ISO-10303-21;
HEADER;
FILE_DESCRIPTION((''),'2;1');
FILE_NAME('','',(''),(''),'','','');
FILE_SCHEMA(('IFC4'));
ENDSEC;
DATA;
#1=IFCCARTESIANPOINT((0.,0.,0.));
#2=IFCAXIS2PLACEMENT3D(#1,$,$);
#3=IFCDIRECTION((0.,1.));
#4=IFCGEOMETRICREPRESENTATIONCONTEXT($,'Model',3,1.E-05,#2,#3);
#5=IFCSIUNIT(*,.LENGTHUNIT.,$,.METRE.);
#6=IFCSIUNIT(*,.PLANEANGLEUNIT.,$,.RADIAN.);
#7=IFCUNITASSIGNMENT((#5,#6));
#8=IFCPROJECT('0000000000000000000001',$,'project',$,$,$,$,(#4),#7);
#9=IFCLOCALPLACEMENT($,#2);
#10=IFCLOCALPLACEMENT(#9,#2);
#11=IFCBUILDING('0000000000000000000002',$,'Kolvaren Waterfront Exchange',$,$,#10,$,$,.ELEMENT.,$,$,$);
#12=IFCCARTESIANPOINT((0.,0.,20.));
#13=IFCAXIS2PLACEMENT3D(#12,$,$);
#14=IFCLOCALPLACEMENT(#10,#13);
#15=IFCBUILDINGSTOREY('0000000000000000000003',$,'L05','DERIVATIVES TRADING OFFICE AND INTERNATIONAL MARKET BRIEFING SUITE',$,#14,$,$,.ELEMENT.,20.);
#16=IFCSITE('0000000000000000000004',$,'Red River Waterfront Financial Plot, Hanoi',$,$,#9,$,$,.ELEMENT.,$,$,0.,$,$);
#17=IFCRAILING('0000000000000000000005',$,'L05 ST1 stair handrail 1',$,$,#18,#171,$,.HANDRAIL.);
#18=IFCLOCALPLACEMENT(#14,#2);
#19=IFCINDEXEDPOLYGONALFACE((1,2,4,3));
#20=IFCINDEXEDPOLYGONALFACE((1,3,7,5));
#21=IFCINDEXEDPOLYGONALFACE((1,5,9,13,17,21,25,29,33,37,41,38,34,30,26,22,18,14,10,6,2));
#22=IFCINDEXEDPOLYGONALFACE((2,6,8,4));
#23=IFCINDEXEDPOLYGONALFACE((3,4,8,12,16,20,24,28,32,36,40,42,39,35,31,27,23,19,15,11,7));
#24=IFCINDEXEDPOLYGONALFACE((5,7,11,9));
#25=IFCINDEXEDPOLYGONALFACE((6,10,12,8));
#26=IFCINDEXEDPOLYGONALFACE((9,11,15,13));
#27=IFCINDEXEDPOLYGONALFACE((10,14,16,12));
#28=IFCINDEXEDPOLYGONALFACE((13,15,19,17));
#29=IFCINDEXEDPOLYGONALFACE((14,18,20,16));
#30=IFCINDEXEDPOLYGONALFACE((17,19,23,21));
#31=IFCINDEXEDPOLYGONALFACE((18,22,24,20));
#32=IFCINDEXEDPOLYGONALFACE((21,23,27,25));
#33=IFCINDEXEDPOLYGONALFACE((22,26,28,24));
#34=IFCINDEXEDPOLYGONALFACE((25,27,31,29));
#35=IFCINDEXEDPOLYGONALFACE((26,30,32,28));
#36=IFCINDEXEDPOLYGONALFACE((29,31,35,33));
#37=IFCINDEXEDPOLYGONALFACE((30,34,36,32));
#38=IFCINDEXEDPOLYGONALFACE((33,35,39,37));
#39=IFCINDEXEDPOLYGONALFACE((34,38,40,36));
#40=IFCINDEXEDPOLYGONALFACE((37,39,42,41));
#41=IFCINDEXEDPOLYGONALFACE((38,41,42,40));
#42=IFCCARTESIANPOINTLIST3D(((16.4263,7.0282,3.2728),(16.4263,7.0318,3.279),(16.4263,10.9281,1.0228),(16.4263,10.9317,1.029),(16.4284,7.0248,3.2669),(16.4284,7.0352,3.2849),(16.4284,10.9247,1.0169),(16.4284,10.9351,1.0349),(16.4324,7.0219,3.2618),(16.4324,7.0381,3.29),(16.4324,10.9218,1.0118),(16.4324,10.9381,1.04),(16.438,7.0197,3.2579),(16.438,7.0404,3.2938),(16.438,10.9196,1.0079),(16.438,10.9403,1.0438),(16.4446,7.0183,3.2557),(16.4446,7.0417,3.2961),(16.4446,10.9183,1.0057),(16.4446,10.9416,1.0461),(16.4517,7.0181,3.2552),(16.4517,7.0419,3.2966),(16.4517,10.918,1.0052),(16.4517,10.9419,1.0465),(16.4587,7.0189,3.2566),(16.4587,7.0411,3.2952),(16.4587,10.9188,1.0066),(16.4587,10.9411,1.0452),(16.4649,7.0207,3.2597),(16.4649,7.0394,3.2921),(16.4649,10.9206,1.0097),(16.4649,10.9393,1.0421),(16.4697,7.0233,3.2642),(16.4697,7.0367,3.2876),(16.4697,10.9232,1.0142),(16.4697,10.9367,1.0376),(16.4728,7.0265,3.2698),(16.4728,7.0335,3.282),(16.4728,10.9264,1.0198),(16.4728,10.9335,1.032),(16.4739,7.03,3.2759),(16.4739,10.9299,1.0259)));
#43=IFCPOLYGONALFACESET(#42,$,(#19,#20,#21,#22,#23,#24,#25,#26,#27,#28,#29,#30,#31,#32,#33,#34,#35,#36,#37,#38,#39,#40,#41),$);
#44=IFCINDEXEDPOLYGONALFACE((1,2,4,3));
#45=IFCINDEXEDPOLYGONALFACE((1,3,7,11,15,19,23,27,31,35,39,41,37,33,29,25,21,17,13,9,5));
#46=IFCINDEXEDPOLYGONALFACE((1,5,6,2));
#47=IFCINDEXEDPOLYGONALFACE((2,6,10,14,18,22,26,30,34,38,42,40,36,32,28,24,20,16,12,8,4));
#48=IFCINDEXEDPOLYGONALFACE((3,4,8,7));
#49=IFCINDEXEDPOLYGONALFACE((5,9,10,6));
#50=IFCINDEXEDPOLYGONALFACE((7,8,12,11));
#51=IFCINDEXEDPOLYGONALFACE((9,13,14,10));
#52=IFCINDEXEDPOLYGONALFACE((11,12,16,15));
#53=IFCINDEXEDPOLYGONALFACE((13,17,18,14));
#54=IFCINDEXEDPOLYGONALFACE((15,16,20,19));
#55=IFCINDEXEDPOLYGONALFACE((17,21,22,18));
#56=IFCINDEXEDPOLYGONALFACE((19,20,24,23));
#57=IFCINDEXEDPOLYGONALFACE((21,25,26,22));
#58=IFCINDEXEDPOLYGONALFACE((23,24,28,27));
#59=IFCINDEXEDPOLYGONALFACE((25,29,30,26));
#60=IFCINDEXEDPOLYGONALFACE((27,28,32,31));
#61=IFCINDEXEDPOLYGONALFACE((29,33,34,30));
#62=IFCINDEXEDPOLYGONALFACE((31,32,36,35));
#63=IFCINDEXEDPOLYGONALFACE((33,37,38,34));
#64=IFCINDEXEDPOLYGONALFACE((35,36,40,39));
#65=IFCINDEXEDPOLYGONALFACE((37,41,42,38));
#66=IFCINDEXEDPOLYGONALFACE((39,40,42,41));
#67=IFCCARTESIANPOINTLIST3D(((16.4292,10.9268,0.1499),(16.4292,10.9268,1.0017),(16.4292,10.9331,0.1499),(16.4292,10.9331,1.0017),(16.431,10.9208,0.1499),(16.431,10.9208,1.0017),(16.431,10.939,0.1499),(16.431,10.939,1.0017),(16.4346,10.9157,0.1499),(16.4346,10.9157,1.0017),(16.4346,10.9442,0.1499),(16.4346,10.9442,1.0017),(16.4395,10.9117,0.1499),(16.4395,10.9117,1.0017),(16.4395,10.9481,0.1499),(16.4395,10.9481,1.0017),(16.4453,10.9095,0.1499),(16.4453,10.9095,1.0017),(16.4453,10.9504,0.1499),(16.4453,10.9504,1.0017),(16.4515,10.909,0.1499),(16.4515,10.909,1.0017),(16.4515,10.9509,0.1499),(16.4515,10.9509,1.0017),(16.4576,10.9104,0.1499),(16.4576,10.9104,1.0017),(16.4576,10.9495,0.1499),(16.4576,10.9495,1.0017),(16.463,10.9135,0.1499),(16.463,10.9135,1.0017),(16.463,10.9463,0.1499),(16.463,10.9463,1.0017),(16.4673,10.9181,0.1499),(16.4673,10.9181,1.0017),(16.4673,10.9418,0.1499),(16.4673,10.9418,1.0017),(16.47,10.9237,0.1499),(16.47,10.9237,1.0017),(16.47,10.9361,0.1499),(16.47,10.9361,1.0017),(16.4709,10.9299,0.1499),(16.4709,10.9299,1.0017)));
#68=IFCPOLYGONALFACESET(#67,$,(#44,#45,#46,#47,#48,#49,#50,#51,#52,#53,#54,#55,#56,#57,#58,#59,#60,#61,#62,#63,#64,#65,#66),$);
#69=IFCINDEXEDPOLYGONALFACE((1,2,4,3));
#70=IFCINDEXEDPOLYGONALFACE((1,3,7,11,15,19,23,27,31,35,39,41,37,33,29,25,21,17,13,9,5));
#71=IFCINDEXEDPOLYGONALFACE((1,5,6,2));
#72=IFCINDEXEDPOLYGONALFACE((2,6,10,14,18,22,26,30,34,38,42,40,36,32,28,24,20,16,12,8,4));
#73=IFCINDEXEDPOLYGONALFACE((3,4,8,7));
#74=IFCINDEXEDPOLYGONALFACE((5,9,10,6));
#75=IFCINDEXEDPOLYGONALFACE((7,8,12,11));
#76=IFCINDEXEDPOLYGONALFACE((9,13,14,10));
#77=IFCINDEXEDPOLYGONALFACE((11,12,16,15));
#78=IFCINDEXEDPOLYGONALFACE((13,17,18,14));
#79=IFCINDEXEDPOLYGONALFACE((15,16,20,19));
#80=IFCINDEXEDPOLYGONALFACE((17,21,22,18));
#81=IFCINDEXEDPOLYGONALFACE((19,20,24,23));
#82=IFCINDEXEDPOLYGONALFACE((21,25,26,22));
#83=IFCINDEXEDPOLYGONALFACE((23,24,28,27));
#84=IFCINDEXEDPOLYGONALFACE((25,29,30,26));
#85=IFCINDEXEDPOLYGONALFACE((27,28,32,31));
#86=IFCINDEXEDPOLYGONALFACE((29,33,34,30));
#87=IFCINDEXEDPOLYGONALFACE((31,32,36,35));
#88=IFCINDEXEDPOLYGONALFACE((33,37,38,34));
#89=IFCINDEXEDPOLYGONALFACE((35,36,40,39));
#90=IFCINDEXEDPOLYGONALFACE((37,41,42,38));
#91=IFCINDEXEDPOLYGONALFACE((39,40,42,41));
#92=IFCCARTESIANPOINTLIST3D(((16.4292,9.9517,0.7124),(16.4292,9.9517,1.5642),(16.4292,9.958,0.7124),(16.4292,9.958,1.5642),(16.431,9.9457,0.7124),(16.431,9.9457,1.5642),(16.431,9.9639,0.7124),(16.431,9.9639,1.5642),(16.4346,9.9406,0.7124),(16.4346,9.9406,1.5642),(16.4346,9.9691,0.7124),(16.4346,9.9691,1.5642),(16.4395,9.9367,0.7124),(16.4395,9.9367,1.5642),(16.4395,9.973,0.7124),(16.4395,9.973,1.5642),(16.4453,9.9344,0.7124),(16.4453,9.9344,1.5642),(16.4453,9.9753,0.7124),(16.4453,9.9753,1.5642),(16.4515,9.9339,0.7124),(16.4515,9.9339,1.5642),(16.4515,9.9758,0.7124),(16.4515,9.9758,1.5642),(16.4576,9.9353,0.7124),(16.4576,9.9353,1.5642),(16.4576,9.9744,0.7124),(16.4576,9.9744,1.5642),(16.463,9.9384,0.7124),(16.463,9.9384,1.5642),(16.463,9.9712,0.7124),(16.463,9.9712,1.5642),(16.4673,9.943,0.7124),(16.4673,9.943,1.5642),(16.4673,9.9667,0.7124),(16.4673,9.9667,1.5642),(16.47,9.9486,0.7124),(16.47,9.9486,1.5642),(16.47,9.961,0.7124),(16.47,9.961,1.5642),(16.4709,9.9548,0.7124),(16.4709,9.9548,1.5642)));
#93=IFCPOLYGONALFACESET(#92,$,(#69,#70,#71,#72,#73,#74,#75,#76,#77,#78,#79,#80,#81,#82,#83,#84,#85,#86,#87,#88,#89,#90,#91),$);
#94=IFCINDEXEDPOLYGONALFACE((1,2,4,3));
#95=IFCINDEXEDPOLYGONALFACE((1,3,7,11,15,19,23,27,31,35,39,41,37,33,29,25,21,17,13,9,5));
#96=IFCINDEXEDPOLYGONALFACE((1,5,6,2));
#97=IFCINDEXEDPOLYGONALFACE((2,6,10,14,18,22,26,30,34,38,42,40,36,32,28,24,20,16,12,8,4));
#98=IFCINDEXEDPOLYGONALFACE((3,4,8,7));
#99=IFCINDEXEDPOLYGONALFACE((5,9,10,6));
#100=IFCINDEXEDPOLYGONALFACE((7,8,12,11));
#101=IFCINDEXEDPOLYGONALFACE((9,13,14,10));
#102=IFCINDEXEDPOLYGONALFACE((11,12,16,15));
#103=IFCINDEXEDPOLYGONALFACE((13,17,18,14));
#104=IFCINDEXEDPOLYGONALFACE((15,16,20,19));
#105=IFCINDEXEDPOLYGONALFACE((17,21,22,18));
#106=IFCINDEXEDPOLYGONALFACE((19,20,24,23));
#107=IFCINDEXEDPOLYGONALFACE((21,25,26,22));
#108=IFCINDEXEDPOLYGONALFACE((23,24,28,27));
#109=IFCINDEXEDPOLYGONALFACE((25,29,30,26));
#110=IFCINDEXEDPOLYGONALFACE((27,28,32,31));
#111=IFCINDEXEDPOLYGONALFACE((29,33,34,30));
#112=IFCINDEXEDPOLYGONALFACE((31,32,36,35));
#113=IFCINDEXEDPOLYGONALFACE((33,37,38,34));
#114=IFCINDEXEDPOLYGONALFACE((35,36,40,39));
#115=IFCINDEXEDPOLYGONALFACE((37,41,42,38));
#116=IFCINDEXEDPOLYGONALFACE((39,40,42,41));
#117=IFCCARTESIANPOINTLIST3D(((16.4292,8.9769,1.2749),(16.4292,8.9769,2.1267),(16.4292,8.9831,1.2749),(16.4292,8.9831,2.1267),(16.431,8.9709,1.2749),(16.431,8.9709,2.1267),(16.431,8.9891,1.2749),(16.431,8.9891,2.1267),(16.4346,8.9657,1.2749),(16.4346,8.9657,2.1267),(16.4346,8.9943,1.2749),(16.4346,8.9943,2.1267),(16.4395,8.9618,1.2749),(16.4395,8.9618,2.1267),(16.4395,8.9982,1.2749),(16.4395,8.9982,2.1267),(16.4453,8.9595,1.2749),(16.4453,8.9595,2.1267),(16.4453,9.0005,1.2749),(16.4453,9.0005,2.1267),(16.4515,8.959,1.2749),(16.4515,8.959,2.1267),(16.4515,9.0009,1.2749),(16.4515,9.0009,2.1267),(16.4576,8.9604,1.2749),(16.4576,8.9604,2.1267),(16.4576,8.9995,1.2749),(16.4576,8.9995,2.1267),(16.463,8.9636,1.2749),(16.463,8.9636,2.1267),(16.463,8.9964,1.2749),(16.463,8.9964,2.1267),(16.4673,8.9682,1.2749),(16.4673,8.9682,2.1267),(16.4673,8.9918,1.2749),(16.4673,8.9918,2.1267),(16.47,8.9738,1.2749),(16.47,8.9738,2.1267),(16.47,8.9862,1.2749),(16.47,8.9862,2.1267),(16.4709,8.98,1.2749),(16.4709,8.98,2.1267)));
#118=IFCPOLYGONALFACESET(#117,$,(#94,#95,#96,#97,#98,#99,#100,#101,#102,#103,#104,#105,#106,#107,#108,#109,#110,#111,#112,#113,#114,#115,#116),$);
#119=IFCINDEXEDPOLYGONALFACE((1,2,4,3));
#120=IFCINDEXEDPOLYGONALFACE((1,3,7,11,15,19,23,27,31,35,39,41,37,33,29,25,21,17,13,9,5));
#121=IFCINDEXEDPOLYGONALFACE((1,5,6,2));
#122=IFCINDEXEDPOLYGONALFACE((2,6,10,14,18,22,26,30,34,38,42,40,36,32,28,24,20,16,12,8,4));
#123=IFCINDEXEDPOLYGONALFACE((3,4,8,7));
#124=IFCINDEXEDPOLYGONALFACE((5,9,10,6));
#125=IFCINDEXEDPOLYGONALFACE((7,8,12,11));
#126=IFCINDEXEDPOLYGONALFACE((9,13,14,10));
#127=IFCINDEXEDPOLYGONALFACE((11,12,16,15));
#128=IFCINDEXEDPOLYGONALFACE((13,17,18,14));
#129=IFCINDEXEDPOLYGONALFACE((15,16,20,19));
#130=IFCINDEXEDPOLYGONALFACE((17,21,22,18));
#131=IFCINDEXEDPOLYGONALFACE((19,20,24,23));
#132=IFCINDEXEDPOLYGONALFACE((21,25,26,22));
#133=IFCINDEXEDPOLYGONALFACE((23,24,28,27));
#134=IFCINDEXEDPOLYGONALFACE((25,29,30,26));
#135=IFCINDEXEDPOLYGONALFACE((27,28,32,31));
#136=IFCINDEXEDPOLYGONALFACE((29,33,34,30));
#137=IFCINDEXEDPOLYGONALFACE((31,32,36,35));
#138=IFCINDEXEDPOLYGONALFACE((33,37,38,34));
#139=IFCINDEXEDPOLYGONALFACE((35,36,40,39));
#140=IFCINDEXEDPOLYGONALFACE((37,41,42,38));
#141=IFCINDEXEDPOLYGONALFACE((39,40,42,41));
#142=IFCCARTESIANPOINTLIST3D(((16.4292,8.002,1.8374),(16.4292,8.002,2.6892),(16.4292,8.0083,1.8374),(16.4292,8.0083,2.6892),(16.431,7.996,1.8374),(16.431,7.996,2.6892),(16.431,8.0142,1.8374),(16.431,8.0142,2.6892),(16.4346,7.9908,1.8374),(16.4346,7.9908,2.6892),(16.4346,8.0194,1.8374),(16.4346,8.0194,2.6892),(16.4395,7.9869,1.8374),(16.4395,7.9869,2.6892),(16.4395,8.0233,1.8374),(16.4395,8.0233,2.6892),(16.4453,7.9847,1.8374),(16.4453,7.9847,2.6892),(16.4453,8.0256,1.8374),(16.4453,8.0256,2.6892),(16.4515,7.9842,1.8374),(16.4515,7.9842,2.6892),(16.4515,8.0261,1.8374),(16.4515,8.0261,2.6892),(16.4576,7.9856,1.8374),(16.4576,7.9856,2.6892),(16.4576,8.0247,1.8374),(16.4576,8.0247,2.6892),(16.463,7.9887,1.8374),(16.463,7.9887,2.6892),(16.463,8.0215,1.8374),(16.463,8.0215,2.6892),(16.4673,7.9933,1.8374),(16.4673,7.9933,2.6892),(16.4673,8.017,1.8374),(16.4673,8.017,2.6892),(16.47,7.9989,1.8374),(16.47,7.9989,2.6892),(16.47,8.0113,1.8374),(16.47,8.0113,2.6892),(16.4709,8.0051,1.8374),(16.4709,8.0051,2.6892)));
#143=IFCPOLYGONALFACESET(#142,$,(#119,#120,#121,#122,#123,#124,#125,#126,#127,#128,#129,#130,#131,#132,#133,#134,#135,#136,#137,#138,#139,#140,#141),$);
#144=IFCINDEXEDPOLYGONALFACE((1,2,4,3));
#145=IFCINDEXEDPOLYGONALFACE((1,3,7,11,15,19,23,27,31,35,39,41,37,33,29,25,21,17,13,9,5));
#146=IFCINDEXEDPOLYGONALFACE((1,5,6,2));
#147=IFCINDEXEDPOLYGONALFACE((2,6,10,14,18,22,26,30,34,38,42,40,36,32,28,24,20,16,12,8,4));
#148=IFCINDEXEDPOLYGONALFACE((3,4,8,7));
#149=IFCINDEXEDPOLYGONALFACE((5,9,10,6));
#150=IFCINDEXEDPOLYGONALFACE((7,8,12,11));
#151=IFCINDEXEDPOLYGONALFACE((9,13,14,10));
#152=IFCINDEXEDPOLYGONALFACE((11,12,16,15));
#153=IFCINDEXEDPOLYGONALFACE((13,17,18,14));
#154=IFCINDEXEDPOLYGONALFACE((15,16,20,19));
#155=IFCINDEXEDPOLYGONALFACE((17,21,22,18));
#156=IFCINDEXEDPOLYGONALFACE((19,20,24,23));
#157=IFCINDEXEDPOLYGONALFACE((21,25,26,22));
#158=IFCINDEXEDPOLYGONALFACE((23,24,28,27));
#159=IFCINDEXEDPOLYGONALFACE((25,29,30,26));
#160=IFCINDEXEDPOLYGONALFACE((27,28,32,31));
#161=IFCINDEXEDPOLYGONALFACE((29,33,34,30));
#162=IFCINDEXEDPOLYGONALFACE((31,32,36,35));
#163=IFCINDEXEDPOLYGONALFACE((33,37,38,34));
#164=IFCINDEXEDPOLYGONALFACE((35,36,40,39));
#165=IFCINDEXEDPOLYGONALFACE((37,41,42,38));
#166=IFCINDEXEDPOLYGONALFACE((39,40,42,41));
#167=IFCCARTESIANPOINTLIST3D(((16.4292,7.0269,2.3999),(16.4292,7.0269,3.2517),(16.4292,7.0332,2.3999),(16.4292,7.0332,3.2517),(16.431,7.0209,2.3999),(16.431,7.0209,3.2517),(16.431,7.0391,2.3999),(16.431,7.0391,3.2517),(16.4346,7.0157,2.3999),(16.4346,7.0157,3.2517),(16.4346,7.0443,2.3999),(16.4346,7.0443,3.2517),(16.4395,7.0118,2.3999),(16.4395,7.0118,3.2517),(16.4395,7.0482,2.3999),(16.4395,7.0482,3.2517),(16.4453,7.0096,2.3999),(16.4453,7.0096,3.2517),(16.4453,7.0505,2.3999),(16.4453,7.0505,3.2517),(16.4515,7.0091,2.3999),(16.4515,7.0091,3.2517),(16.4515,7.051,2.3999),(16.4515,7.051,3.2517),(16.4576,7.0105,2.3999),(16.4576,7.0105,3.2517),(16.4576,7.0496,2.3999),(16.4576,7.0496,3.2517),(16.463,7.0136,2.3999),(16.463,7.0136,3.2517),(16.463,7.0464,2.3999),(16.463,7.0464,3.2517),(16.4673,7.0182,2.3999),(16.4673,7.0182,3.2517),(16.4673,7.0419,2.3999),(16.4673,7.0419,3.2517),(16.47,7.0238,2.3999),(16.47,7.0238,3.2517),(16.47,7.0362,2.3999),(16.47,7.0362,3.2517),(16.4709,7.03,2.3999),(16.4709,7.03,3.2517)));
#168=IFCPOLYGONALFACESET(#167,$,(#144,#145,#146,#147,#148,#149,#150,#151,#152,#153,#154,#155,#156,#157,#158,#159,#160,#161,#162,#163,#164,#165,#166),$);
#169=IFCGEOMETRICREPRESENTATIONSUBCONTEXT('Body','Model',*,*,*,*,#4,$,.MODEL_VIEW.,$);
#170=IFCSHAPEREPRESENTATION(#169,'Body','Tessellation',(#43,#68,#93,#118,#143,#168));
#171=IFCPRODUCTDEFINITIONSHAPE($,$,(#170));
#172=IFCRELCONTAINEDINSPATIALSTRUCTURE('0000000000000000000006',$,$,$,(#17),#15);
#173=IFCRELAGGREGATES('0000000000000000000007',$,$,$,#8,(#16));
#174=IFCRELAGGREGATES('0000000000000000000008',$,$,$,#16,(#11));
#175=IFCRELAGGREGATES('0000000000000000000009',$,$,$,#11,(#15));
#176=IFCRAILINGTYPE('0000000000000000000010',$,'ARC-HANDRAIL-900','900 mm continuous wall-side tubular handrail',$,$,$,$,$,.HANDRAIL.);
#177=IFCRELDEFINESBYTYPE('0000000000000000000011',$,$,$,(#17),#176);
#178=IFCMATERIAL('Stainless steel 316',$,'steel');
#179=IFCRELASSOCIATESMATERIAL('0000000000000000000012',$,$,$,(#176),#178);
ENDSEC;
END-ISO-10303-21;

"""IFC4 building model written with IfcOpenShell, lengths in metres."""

from ifc_helpers import new_model, si_unit, direction, frame, origin, origin_2d, place, context, subcontext, project, spatial, circle, extrude, material, type_object, element, save


model = new_model("IFC4")

# Units and contexts
model_context = context("Model", 3, precision=1e-05, world=origin(), true_north=direction((0.0, 1.0)))
body_context = subcontext(model_context, "Body", "Model", "MODEL_VIEW")
ifc_project = project(units=[si_unit("LENGTHUNIT", "METRE"), si_unit("PLANEANGLEUNIT", "RADIAN")], contexts=[model_context])

# Site, building, storey
site_placement = place(None, origin())
site = spatial("IfcSite", under=ifc_project, at=site_placement, Name="Red River Waterfront Financial Plot, Hanoi", CompositionType="ELEMENT", RefElevation=0.0)
building_placement = place(site_placement, origin())
building = spatial("IfcBuilding", under=site, at=building_placement, Name="Kolvaren Waterfront Exchange", CompositionType="ELEMENT")
storey_placement = place(building_placement, frame((0.0, 0.0, 20.0)))
storey = spatial("IfcBuildingStorey", under=building, at=storey_placement, Name="L05", Description="DERIVATIVES TRADING OFFICE AND INTERNATIONAL MARKET BRIEFING SUITE", CompositionType="ELEMENT", Elevation=20.0)

# Railing
ifc_material_1 = material(Name="Stainless steel 316", Category="steel")
railing_type_1 = type_object("IfcRailingType", Name="ARC-HANDRAIL-900", Description="900 mm continuous wall-side tubular handrail", PredefinedType="HANDRAIL", material=ifc_material_1)
railing_1_placement = place(storey_placement, frame((16.45, 10.9299, 0.1499)))
element("IfcRailing", 1, at=railing_1_placement, inside=storey, type_object=railing_type_1, Name="L05 ST1 stair handrail 1", PredefinedType="HANDRAIL", context=body_context, shape_type="SweptSolid", body=[
    extrude(circle(Radius=0.0239, at=origin_2d()), frame((0.0, 0.0, 0.876), z_axis=(0.0, -0.86618, 0.499732), x_axis=(1.0, 0.0, 0.0)), (0.0, 0.0, 1.0), 4.5024),
    extrude(circle(Radius=0.021, at=origin_2d()), origin(), (0.0, 0.0, 1.0), 0.8518),
    extrude(circle(Radius=0.021, at=origin_2d()), frame((0.0, -0.9751, 0.5625)), (0.0, 0.0, 1.0), 0.8518),
    extrude(circle(Radius=0.021, at=origin_2d()), frame((0.0, -1.95, 1.125)), (0.0, 0.0, 1.0), 0.8518),
    extrude(circle(Radius=0.021, at=origin_2d()), frame((0.0, -2.9248, 1.6875)), (0.0, 0.0, 1.0), 0.8518),
    extrude(circle(Radius=0.021, at=origin_2d()), frame((0.0, -3.8999, 2.25)), (0.0, 0.0, 1.0), 0.8518),
])

save(model, "model.ifc")
